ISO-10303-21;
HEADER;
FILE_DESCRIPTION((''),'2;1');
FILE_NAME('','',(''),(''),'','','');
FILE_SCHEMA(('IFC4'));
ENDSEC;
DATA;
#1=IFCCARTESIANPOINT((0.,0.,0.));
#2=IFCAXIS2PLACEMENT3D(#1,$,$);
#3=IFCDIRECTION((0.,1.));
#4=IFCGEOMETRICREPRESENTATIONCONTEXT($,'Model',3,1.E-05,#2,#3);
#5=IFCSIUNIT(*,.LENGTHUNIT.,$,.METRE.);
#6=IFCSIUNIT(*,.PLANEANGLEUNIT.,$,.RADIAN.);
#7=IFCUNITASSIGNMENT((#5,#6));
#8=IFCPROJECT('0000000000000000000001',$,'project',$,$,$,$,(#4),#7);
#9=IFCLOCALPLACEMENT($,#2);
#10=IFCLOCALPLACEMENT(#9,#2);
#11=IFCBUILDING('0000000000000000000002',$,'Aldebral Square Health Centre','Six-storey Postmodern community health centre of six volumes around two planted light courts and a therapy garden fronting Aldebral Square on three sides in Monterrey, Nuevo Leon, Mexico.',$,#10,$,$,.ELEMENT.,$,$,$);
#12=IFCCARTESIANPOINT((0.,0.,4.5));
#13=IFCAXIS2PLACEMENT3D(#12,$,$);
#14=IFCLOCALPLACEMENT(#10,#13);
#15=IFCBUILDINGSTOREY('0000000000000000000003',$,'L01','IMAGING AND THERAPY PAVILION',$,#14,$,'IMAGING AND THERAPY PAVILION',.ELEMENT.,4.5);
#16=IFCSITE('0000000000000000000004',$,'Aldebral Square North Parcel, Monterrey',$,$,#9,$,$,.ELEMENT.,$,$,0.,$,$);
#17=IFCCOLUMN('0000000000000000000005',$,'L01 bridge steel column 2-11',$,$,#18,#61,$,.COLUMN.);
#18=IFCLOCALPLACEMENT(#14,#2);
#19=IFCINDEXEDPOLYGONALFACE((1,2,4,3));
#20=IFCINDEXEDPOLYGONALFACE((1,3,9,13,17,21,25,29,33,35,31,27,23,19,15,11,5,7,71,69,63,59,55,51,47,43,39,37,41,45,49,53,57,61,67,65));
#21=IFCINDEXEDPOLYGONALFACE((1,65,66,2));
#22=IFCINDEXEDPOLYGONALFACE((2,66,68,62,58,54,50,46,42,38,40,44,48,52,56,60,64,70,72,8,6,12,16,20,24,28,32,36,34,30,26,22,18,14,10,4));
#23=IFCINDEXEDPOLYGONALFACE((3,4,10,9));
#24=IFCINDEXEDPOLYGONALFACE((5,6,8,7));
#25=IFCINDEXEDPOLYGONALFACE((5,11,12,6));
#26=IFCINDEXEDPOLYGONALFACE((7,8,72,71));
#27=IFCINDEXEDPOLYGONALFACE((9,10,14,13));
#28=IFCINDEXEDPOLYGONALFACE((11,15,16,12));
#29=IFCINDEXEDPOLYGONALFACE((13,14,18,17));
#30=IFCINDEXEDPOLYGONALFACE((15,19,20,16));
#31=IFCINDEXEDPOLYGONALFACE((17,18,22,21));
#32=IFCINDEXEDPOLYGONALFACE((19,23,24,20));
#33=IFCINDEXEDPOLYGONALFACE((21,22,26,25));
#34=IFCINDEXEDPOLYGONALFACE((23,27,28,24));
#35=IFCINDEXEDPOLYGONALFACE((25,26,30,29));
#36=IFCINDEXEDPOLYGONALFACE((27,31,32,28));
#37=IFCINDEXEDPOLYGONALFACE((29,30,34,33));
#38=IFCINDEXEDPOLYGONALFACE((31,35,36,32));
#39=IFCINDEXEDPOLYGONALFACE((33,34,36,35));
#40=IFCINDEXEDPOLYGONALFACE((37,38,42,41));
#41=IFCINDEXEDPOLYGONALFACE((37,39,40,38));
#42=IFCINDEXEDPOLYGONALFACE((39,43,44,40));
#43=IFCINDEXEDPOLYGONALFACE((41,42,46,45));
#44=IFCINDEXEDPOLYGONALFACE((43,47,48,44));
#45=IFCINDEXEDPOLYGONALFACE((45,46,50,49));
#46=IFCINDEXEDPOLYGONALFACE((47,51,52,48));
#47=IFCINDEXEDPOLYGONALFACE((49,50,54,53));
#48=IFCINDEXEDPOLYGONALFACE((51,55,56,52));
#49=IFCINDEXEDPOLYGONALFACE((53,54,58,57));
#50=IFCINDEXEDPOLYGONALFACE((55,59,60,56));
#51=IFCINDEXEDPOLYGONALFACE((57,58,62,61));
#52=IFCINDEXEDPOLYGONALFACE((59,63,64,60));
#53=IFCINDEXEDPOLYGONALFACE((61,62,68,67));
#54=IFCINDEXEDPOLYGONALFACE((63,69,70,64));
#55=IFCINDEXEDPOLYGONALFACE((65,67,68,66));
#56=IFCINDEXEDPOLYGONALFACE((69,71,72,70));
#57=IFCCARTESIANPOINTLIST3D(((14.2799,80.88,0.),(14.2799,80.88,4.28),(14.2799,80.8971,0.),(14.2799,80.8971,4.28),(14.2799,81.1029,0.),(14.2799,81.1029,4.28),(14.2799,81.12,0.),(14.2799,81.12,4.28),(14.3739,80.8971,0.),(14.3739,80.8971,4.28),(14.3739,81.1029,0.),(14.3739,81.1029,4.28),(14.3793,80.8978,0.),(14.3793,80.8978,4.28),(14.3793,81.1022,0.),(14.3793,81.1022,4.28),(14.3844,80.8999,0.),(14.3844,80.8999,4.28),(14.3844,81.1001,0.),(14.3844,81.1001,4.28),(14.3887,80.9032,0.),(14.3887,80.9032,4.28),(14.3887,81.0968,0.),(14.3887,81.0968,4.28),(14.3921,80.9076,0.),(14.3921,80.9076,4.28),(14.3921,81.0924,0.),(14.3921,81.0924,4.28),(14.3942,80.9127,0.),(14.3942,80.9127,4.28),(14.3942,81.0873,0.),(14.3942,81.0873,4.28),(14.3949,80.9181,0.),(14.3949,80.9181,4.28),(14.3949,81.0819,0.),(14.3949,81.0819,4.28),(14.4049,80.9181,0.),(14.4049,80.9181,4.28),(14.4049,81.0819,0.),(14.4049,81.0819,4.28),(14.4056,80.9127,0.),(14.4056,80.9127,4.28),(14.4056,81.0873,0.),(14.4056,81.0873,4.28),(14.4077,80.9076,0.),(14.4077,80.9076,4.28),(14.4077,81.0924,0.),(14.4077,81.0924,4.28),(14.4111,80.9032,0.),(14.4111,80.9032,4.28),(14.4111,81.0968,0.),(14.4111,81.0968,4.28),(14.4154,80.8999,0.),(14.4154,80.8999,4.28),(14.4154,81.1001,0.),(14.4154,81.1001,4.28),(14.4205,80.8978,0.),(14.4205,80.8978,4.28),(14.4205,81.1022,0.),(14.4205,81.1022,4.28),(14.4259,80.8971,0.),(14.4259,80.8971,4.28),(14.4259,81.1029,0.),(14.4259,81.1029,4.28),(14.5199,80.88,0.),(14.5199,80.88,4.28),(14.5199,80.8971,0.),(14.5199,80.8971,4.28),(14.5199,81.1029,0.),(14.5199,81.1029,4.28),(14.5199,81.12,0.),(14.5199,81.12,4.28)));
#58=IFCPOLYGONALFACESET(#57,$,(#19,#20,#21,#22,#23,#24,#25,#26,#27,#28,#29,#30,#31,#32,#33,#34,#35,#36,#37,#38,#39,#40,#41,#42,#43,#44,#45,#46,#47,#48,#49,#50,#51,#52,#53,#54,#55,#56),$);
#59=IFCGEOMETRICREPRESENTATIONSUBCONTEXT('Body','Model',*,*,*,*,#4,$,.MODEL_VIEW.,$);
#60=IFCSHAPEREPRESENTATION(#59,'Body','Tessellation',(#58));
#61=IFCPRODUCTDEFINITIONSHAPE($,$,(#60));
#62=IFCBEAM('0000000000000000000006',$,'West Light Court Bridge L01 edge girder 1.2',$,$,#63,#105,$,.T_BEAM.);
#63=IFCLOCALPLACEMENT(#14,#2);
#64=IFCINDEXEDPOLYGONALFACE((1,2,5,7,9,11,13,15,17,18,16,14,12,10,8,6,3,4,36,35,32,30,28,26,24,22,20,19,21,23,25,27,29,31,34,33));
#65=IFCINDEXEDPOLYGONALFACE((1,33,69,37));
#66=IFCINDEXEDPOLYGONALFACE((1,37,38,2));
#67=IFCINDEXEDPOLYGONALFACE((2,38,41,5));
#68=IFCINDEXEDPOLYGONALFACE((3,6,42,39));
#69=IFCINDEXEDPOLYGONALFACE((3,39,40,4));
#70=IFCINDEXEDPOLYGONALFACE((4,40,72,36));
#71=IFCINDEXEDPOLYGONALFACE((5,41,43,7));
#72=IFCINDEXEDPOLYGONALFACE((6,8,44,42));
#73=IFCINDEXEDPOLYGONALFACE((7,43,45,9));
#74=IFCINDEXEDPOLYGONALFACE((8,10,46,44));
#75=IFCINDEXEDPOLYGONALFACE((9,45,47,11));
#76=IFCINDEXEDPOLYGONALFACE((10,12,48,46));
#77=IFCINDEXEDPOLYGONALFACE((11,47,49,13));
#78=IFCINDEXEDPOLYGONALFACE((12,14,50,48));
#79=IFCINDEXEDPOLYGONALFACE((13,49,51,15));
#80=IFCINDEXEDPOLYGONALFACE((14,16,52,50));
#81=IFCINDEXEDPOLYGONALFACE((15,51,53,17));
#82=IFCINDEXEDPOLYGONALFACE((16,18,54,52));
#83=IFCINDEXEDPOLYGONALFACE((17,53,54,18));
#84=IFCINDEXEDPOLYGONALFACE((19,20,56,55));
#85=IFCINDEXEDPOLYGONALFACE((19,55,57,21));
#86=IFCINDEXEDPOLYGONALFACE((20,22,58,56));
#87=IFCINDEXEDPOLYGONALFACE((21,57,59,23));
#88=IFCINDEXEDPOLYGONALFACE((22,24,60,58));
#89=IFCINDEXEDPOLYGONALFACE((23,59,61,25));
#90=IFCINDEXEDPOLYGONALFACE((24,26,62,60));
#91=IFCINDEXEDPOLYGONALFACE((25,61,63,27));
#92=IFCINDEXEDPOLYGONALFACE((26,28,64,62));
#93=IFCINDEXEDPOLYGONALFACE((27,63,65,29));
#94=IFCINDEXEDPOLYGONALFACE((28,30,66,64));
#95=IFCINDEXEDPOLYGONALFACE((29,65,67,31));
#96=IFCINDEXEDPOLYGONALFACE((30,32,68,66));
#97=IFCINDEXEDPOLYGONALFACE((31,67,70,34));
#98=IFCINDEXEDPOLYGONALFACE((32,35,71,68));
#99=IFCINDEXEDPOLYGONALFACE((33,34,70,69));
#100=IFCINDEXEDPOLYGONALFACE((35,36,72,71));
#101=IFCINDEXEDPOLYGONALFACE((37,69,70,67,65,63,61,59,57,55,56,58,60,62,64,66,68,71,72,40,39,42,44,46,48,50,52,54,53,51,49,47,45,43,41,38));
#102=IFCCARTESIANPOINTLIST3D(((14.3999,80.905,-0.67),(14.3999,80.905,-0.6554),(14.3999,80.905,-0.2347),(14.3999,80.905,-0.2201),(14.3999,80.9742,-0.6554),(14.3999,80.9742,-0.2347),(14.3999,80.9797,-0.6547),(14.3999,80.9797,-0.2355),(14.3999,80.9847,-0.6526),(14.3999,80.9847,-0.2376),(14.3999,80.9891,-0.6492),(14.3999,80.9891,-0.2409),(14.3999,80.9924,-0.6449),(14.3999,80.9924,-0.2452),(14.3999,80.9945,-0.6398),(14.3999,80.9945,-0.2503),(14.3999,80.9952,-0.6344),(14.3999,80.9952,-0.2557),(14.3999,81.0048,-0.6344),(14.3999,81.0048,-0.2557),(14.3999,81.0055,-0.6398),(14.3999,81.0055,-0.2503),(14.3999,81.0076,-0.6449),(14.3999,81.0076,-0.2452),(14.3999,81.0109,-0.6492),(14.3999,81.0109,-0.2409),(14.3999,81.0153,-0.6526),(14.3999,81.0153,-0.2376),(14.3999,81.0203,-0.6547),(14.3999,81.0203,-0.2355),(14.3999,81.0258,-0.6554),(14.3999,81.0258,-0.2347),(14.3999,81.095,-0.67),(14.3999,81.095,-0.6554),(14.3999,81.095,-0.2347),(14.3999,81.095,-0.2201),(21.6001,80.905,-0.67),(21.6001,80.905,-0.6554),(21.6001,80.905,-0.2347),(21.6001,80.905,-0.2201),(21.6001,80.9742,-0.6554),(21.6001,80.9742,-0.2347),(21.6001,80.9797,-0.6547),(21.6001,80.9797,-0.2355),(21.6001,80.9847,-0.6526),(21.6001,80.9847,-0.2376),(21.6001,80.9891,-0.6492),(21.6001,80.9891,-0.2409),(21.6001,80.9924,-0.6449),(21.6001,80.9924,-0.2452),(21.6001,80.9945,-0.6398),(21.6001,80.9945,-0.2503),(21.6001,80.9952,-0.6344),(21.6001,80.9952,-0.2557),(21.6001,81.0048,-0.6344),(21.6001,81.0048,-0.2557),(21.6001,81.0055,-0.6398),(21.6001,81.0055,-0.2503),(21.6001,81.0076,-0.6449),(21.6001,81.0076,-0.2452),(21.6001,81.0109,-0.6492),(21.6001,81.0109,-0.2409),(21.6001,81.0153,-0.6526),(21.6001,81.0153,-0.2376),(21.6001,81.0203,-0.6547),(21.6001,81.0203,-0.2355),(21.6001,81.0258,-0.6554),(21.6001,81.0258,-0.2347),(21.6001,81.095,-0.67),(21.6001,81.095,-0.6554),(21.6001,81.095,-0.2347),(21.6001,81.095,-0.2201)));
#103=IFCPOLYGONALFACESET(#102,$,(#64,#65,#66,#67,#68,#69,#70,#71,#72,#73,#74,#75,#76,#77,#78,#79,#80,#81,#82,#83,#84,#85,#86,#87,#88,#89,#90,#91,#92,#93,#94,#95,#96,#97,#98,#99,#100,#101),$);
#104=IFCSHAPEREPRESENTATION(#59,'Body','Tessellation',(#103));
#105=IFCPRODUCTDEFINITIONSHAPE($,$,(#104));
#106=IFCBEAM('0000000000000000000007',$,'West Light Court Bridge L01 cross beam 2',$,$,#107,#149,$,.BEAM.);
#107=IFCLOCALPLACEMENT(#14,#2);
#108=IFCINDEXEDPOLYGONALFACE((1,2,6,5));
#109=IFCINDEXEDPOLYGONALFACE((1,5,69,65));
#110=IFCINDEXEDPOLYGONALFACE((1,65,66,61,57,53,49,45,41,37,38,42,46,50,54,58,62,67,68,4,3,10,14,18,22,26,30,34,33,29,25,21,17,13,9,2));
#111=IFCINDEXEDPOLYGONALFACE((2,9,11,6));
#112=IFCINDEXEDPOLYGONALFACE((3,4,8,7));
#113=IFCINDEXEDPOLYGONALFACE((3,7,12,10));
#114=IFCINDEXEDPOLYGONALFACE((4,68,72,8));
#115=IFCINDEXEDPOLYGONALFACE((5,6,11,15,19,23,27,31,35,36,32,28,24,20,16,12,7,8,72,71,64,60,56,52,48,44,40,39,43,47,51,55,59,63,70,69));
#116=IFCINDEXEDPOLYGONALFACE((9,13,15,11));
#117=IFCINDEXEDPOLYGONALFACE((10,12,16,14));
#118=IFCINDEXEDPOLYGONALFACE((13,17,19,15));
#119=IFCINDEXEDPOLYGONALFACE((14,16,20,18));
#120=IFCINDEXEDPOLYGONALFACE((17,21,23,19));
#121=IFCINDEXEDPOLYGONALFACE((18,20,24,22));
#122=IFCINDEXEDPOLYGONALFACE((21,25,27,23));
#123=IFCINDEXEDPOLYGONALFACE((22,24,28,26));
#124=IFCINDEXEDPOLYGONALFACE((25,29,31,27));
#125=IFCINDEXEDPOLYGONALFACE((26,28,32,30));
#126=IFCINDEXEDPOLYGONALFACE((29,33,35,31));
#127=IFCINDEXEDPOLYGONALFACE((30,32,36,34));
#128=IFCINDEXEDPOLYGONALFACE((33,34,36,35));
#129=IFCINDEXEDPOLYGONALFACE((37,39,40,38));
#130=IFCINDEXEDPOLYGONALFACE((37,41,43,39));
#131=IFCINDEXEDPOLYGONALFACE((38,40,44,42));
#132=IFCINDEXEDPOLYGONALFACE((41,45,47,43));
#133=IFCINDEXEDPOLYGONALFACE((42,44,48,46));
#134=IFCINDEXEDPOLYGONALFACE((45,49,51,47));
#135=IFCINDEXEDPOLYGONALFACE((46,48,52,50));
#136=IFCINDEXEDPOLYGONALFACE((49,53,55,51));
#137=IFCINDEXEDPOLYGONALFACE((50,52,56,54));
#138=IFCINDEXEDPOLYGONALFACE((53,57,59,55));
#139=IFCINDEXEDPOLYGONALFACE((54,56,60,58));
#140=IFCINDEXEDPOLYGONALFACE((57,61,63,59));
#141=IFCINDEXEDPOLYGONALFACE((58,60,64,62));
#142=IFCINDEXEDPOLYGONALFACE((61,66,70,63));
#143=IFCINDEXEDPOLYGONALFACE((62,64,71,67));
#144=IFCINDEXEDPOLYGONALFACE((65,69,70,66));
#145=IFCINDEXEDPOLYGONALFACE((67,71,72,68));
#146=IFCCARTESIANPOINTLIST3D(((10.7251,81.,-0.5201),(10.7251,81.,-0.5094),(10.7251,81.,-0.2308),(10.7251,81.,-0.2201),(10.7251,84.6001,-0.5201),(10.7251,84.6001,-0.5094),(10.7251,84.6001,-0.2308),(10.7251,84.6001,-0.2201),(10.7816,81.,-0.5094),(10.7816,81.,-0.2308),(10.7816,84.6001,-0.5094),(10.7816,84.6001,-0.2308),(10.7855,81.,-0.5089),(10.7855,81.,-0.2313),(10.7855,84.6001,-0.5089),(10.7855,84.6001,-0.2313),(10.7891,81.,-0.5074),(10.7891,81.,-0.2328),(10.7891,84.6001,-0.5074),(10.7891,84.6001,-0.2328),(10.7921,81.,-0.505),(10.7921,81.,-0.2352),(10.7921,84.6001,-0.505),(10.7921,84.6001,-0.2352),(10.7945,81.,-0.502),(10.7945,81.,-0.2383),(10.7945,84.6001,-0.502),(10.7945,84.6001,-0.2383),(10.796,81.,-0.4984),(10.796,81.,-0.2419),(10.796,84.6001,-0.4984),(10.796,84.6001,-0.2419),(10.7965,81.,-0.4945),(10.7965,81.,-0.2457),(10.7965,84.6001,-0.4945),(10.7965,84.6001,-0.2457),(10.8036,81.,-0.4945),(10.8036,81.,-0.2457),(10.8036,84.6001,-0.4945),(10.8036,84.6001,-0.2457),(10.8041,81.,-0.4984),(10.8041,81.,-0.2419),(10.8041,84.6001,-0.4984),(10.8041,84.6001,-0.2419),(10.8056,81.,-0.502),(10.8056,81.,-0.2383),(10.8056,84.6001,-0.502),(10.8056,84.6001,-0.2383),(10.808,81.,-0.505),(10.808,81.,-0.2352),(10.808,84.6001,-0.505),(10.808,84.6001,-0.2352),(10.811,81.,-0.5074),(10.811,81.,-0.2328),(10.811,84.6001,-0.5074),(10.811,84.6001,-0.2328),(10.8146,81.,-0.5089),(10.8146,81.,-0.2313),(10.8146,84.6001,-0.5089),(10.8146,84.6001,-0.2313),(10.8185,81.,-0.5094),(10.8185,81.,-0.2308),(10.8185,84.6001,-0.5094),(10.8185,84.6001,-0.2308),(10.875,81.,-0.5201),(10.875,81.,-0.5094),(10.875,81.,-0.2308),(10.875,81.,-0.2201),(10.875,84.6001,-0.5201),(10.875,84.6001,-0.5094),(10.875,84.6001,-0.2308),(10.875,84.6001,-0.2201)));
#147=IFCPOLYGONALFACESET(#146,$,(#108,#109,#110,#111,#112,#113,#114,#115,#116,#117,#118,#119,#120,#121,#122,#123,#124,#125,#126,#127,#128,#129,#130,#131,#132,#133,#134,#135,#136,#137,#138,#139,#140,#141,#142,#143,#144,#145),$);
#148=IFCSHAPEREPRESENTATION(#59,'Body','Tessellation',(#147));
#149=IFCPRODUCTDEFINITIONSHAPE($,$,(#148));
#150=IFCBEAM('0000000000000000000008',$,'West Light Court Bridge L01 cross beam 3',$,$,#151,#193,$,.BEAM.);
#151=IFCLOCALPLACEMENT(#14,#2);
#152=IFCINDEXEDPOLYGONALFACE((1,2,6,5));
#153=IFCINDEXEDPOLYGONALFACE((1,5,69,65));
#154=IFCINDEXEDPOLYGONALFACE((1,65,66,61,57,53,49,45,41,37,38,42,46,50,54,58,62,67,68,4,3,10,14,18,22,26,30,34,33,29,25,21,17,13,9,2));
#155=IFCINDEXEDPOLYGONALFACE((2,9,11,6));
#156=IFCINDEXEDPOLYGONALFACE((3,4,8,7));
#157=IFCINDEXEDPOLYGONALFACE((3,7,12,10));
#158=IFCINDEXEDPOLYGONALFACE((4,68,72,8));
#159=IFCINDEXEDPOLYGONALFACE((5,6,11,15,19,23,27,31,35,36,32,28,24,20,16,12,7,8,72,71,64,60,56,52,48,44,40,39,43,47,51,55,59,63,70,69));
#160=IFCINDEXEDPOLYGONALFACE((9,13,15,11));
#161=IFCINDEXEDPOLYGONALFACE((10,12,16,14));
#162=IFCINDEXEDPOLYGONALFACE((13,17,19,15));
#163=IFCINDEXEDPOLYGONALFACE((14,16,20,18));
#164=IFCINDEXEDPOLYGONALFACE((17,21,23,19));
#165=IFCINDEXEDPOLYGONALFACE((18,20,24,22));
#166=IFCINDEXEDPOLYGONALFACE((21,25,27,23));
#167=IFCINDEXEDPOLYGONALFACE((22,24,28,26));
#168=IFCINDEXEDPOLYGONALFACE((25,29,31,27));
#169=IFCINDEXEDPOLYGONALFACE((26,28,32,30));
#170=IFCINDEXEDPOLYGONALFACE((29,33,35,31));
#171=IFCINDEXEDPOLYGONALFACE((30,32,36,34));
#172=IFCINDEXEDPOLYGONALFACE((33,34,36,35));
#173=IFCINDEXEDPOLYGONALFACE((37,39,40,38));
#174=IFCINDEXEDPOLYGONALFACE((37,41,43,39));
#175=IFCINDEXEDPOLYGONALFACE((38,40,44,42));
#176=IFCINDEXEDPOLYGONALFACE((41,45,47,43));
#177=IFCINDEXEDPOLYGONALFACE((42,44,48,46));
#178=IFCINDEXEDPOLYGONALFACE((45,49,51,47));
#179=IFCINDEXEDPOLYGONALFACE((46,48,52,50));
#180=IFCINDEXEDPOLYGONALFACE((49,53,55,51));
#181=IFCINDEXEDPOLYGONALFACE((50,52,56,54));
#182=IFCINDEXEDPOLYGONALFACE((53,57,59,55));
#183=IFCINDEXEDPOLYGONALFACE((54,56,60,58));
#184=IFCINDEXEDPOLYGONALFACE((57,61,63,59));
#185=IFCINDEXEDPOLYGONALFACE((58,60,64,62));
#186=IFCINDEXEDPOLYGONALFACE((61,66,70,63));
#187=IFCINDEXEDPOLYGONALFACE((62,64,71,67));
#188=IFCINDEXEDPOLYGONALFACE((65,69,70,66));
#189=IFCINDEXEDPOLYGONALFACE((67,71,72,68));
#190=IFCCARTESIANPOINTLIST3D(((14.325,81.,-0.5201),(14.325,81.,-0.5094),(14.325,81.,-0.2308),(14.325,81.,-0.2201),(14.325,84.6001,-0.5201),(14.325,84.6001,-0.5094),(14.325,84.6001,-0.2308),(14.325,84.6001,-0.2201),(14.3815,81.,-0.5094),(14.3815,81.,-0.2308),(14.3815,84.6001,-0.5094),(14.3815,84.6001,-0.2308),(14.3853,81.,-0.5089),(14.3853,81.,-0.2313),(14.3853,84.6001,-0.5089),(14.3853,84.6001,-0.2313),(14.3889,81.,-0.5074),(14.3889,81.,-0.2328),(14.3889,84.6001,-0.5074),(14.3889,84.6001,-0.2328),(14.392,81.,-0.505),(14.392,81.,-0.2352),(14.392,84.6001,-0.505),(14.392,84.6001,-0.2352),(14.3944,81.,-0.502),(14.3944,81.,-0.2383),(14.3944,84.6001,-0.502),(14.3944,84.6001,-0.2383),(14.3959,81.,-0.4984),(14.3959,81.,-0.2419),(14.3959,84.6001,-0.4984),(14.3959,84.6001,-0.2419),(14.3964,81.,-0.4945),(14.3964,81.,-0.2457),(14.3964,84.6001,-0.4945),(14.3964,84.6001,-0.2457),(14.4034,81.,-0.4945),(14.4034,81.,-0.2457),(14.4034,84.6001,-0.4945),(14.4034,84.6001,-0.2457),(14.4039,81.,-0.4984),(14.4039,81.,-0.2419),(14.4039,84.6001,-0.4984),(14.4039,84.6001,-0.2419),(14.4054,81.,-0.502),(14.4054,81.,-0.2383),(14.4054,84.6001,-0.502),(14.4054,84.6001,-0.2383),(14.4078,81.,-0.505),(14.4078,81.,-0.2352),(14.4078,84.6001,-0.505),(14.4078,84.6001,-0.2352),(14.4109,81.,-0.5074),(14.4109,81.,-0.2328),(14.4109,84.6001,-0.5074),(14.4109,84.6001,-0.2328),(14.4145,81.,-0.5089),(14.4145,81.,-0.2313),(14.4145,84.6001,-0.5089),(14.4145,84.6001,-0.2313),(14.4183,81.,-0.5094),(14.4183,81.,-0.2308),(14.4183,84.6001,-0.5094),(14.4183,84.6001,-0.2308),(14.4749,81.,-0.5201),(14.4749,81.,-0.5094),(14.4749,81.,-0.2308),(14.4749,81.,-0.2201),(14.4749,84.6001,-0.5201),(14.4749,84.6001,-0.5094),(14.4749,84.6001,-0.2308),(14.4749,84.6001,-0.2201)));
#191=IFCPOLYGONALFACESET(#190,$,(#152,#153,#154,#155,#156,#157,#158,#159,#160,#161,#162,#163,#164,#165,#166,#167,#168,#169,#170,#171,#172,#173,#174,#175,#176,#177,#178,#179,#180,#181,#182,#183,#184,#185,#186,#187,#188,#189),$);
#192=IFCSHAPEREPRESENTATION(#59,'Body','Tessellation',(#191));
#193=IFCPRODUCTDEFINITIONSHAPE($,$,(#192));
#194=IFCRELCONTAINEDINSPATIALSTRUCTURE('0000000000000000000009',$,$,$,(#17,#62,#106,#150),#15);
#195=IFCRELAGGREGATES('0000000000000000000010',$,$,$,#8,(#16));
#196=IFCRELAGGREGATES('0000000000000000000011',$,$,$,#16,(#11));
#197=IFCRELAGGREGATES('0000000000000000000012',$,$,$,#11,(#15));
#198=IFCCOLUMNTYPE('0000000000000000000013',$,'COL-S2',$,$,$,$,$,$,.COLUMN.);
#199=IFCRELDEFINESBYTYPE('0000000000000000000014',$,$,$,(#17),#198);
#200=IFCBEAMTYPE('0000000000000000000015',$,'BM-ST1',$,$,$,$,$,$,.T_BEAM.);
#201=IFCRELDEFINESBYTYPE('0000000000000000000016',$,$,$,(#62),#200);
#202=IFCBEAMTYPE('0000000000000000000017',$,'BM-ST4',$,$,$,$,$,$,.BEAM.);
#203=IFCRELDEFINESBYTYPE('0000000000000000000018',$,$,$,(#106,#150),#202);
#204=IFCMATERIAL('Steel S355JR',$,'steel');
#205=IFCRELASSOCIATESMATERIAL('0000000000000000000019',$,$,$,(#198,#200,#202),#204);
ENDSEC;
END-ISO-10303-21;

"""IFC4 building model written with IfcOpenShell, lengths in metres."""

from ifc_helpers import new_model, si_unit, direction, frame, origin, origin_2d, place, context, subcontext, project, spatial, i_section, extrude, material, material_profile, profile_set, type_object, element, save


model = new_model("IFC4")

# Units and contexts
model_context = context("Model", 3, precision=1e-05, world=origin(), true_north=direction((0.0, 1.0)))
body_context = subcontext(model_context, "Body", "Model", "MODEL_VIEW")
ifc_project = project(units=[si_unit("LENGTHUNIT", "METRE"), si_unit("PLANEANGLEUNIT", "RADIAN")], contexts=[model_context])

# Site, building, storey
site_placement = place(None, origin())
site = spatial("IfcSite", under=ifc_project, at=site_placement, Name="Aldebral Square North Parcel, Monterrey", CompositionType="ELEMENT", RefElevation=0.0)
building_placement = place(site_placement, origin())
building = spatial("IfcBuilding", under=site, at=building_placement, Name="Aldebral Square Health Centre", Description="Six-storey Postmodern community health centre of six volumes around two planted light courts and a therapy garden fronting Aldebral Square on three sides in Monterrey, Nuevo Leon, Mexico.", CompositionType="ELEMENT")
storey_placement = place(building_placement, frame((0.0, 0.0, 4.5)))
storey = spatial("IfcBuildingStorey", under=building, at=storey_placement, Name="L01", Description="IMAGING AND THERAPY PAVILION", LongName="IMAGING AND THERAPY PAVILION", CompositionType="ELEMENT", Elevation=4.5)

# Column
ifc_material_1 = material(Name="Steel S355JR", Category="steel")
ifc_material_profile_1 = material_profile(ifc_material_1, i_section(OverallWidth=0.24, OverallDepth=0.24, WebThickness=0.01, FlangeThickness=0.0171, FilletRadius=0.021, at=origin_2d()), Name="HEB 240")
ifc_profile_set_1 = profile_set([ifc_material_profile_1], Name="Steel S355JR")
column_type = type_object("IfcColumnType", Name="COL-S2", PredefinedType="COLUMN", material=ifc_profile_set_1)
column_placement = place(storey_placement, frame((14.3999, 81.0, 0.0), z_axis=(0.0, 0.0, 1.0), x_axis=(1.0, 0.0, 0.0)))
element("IfcColumn", 1, at=column_placement, inside=storey, type_object=column_type, Name="L01 bridge steel column 2-11", PredefinedType="COLUMN", context=body_context, shape_type="SweptSolid", body=[
    extrude(i_section(OverallWidth=0.24, OverallDepth=0.24, WebThickness=0.01, FlangeThickness=0.0171, FilletRadius=0.021, at=origin_2d()), origin(), (0.0, 0.0, 1.0), 4.28),
])

# Beams
ifc_material_profile_2 = material_profile(ifc_material_1, i_section(OverallWidth=0.1899, OverallDepth=0.45, WebThickness=0.0095, FlangeThickness=0.0146, FilletRadius=0.021, at=origin_2d()), Name="IPE 450")
ifc_profile_set_2 = profile_set([ifc_material_profile_2], Name="Steel S355JR")
beam_type_1 = type_object("IfcBeamType", Name="BM-ST1", PredefinedType="T_BEAM", material=ifc_profile_set_2)
beam_placement = place(storey_placement, frame((14.3999, 81.0, -0.4451), z_axis=(1.0, 0.0, 0.0), x_axis=(0.0, 1.0, 0.0)))
element("IfcBeam", 2, at=beam_placement, inside=storey, type_object=beam_type_1, Name="West Light Court Bridge L01 edge girder 1.2", PredefinedType="T_BEAM", context=body_context, shape_type="SweptSolid", body=[
    extrude(i_section(OverallWidth=0.1899, OverallDepth=0.45, WebThickness=0.0095, FlangeThickness=0.0146, FilletRadius=0.021, at=origin_2d()), origin(), (0.0, 0.0, 1.0), 7.2002),
])
ifc_material_profile_3 = material_profile(ifc_material_1, i_section(OverallWidth=0.1499, OverallDepth=0.3, WebThickness=0.0071, FlangeThickness=0.0107, FilletRadius=0.0149, at=origin_2d()), Name="IPE 300")
ifc_profile_set_3 = profile_set([ifc_material_profile_3], Name="Steel S355JR")
beam_type_2 = type_object("IfcBeamType", Name="BM-ST4", PredefinedType="BEAM", material=ifc_profile_set_3)
for number, where, z_axis, x_axis, name in (
    (3, (10.8, 81.0, -0.3701), (0.0, 1.0, 0.0), (-1.0, 0.0, 0.0), "West Light Court Bridge L01 cross beam 2"),
    (4, (14.3999, 81.0, -0.3701), (0.0, 1.0, 0.0), (-1.0, 0.0, 0.0), "West Light Court Bridge L01 cross beam 3"),
):
    element("IfcBeam", number, at=place(storey_placement, frame(where, z_axis=z_axis, x_axis=x_axis)), inside=storey, type_object=beam_type_2, Name=name, PredefinedType="BEAM", context=body_context, shape_type="SweptSolid", body=[
        extrude(i_section(OverallWidth=0.1499, OverallDepth=0.3, WebThickness=0.0071, FlangeThickness=0.0107, FilletRadius=0.0149, at=origin_2d()), origin(), (0.0, 0.0, 1.0), 3.6001),
    ])

save(model, "model.ifc")
